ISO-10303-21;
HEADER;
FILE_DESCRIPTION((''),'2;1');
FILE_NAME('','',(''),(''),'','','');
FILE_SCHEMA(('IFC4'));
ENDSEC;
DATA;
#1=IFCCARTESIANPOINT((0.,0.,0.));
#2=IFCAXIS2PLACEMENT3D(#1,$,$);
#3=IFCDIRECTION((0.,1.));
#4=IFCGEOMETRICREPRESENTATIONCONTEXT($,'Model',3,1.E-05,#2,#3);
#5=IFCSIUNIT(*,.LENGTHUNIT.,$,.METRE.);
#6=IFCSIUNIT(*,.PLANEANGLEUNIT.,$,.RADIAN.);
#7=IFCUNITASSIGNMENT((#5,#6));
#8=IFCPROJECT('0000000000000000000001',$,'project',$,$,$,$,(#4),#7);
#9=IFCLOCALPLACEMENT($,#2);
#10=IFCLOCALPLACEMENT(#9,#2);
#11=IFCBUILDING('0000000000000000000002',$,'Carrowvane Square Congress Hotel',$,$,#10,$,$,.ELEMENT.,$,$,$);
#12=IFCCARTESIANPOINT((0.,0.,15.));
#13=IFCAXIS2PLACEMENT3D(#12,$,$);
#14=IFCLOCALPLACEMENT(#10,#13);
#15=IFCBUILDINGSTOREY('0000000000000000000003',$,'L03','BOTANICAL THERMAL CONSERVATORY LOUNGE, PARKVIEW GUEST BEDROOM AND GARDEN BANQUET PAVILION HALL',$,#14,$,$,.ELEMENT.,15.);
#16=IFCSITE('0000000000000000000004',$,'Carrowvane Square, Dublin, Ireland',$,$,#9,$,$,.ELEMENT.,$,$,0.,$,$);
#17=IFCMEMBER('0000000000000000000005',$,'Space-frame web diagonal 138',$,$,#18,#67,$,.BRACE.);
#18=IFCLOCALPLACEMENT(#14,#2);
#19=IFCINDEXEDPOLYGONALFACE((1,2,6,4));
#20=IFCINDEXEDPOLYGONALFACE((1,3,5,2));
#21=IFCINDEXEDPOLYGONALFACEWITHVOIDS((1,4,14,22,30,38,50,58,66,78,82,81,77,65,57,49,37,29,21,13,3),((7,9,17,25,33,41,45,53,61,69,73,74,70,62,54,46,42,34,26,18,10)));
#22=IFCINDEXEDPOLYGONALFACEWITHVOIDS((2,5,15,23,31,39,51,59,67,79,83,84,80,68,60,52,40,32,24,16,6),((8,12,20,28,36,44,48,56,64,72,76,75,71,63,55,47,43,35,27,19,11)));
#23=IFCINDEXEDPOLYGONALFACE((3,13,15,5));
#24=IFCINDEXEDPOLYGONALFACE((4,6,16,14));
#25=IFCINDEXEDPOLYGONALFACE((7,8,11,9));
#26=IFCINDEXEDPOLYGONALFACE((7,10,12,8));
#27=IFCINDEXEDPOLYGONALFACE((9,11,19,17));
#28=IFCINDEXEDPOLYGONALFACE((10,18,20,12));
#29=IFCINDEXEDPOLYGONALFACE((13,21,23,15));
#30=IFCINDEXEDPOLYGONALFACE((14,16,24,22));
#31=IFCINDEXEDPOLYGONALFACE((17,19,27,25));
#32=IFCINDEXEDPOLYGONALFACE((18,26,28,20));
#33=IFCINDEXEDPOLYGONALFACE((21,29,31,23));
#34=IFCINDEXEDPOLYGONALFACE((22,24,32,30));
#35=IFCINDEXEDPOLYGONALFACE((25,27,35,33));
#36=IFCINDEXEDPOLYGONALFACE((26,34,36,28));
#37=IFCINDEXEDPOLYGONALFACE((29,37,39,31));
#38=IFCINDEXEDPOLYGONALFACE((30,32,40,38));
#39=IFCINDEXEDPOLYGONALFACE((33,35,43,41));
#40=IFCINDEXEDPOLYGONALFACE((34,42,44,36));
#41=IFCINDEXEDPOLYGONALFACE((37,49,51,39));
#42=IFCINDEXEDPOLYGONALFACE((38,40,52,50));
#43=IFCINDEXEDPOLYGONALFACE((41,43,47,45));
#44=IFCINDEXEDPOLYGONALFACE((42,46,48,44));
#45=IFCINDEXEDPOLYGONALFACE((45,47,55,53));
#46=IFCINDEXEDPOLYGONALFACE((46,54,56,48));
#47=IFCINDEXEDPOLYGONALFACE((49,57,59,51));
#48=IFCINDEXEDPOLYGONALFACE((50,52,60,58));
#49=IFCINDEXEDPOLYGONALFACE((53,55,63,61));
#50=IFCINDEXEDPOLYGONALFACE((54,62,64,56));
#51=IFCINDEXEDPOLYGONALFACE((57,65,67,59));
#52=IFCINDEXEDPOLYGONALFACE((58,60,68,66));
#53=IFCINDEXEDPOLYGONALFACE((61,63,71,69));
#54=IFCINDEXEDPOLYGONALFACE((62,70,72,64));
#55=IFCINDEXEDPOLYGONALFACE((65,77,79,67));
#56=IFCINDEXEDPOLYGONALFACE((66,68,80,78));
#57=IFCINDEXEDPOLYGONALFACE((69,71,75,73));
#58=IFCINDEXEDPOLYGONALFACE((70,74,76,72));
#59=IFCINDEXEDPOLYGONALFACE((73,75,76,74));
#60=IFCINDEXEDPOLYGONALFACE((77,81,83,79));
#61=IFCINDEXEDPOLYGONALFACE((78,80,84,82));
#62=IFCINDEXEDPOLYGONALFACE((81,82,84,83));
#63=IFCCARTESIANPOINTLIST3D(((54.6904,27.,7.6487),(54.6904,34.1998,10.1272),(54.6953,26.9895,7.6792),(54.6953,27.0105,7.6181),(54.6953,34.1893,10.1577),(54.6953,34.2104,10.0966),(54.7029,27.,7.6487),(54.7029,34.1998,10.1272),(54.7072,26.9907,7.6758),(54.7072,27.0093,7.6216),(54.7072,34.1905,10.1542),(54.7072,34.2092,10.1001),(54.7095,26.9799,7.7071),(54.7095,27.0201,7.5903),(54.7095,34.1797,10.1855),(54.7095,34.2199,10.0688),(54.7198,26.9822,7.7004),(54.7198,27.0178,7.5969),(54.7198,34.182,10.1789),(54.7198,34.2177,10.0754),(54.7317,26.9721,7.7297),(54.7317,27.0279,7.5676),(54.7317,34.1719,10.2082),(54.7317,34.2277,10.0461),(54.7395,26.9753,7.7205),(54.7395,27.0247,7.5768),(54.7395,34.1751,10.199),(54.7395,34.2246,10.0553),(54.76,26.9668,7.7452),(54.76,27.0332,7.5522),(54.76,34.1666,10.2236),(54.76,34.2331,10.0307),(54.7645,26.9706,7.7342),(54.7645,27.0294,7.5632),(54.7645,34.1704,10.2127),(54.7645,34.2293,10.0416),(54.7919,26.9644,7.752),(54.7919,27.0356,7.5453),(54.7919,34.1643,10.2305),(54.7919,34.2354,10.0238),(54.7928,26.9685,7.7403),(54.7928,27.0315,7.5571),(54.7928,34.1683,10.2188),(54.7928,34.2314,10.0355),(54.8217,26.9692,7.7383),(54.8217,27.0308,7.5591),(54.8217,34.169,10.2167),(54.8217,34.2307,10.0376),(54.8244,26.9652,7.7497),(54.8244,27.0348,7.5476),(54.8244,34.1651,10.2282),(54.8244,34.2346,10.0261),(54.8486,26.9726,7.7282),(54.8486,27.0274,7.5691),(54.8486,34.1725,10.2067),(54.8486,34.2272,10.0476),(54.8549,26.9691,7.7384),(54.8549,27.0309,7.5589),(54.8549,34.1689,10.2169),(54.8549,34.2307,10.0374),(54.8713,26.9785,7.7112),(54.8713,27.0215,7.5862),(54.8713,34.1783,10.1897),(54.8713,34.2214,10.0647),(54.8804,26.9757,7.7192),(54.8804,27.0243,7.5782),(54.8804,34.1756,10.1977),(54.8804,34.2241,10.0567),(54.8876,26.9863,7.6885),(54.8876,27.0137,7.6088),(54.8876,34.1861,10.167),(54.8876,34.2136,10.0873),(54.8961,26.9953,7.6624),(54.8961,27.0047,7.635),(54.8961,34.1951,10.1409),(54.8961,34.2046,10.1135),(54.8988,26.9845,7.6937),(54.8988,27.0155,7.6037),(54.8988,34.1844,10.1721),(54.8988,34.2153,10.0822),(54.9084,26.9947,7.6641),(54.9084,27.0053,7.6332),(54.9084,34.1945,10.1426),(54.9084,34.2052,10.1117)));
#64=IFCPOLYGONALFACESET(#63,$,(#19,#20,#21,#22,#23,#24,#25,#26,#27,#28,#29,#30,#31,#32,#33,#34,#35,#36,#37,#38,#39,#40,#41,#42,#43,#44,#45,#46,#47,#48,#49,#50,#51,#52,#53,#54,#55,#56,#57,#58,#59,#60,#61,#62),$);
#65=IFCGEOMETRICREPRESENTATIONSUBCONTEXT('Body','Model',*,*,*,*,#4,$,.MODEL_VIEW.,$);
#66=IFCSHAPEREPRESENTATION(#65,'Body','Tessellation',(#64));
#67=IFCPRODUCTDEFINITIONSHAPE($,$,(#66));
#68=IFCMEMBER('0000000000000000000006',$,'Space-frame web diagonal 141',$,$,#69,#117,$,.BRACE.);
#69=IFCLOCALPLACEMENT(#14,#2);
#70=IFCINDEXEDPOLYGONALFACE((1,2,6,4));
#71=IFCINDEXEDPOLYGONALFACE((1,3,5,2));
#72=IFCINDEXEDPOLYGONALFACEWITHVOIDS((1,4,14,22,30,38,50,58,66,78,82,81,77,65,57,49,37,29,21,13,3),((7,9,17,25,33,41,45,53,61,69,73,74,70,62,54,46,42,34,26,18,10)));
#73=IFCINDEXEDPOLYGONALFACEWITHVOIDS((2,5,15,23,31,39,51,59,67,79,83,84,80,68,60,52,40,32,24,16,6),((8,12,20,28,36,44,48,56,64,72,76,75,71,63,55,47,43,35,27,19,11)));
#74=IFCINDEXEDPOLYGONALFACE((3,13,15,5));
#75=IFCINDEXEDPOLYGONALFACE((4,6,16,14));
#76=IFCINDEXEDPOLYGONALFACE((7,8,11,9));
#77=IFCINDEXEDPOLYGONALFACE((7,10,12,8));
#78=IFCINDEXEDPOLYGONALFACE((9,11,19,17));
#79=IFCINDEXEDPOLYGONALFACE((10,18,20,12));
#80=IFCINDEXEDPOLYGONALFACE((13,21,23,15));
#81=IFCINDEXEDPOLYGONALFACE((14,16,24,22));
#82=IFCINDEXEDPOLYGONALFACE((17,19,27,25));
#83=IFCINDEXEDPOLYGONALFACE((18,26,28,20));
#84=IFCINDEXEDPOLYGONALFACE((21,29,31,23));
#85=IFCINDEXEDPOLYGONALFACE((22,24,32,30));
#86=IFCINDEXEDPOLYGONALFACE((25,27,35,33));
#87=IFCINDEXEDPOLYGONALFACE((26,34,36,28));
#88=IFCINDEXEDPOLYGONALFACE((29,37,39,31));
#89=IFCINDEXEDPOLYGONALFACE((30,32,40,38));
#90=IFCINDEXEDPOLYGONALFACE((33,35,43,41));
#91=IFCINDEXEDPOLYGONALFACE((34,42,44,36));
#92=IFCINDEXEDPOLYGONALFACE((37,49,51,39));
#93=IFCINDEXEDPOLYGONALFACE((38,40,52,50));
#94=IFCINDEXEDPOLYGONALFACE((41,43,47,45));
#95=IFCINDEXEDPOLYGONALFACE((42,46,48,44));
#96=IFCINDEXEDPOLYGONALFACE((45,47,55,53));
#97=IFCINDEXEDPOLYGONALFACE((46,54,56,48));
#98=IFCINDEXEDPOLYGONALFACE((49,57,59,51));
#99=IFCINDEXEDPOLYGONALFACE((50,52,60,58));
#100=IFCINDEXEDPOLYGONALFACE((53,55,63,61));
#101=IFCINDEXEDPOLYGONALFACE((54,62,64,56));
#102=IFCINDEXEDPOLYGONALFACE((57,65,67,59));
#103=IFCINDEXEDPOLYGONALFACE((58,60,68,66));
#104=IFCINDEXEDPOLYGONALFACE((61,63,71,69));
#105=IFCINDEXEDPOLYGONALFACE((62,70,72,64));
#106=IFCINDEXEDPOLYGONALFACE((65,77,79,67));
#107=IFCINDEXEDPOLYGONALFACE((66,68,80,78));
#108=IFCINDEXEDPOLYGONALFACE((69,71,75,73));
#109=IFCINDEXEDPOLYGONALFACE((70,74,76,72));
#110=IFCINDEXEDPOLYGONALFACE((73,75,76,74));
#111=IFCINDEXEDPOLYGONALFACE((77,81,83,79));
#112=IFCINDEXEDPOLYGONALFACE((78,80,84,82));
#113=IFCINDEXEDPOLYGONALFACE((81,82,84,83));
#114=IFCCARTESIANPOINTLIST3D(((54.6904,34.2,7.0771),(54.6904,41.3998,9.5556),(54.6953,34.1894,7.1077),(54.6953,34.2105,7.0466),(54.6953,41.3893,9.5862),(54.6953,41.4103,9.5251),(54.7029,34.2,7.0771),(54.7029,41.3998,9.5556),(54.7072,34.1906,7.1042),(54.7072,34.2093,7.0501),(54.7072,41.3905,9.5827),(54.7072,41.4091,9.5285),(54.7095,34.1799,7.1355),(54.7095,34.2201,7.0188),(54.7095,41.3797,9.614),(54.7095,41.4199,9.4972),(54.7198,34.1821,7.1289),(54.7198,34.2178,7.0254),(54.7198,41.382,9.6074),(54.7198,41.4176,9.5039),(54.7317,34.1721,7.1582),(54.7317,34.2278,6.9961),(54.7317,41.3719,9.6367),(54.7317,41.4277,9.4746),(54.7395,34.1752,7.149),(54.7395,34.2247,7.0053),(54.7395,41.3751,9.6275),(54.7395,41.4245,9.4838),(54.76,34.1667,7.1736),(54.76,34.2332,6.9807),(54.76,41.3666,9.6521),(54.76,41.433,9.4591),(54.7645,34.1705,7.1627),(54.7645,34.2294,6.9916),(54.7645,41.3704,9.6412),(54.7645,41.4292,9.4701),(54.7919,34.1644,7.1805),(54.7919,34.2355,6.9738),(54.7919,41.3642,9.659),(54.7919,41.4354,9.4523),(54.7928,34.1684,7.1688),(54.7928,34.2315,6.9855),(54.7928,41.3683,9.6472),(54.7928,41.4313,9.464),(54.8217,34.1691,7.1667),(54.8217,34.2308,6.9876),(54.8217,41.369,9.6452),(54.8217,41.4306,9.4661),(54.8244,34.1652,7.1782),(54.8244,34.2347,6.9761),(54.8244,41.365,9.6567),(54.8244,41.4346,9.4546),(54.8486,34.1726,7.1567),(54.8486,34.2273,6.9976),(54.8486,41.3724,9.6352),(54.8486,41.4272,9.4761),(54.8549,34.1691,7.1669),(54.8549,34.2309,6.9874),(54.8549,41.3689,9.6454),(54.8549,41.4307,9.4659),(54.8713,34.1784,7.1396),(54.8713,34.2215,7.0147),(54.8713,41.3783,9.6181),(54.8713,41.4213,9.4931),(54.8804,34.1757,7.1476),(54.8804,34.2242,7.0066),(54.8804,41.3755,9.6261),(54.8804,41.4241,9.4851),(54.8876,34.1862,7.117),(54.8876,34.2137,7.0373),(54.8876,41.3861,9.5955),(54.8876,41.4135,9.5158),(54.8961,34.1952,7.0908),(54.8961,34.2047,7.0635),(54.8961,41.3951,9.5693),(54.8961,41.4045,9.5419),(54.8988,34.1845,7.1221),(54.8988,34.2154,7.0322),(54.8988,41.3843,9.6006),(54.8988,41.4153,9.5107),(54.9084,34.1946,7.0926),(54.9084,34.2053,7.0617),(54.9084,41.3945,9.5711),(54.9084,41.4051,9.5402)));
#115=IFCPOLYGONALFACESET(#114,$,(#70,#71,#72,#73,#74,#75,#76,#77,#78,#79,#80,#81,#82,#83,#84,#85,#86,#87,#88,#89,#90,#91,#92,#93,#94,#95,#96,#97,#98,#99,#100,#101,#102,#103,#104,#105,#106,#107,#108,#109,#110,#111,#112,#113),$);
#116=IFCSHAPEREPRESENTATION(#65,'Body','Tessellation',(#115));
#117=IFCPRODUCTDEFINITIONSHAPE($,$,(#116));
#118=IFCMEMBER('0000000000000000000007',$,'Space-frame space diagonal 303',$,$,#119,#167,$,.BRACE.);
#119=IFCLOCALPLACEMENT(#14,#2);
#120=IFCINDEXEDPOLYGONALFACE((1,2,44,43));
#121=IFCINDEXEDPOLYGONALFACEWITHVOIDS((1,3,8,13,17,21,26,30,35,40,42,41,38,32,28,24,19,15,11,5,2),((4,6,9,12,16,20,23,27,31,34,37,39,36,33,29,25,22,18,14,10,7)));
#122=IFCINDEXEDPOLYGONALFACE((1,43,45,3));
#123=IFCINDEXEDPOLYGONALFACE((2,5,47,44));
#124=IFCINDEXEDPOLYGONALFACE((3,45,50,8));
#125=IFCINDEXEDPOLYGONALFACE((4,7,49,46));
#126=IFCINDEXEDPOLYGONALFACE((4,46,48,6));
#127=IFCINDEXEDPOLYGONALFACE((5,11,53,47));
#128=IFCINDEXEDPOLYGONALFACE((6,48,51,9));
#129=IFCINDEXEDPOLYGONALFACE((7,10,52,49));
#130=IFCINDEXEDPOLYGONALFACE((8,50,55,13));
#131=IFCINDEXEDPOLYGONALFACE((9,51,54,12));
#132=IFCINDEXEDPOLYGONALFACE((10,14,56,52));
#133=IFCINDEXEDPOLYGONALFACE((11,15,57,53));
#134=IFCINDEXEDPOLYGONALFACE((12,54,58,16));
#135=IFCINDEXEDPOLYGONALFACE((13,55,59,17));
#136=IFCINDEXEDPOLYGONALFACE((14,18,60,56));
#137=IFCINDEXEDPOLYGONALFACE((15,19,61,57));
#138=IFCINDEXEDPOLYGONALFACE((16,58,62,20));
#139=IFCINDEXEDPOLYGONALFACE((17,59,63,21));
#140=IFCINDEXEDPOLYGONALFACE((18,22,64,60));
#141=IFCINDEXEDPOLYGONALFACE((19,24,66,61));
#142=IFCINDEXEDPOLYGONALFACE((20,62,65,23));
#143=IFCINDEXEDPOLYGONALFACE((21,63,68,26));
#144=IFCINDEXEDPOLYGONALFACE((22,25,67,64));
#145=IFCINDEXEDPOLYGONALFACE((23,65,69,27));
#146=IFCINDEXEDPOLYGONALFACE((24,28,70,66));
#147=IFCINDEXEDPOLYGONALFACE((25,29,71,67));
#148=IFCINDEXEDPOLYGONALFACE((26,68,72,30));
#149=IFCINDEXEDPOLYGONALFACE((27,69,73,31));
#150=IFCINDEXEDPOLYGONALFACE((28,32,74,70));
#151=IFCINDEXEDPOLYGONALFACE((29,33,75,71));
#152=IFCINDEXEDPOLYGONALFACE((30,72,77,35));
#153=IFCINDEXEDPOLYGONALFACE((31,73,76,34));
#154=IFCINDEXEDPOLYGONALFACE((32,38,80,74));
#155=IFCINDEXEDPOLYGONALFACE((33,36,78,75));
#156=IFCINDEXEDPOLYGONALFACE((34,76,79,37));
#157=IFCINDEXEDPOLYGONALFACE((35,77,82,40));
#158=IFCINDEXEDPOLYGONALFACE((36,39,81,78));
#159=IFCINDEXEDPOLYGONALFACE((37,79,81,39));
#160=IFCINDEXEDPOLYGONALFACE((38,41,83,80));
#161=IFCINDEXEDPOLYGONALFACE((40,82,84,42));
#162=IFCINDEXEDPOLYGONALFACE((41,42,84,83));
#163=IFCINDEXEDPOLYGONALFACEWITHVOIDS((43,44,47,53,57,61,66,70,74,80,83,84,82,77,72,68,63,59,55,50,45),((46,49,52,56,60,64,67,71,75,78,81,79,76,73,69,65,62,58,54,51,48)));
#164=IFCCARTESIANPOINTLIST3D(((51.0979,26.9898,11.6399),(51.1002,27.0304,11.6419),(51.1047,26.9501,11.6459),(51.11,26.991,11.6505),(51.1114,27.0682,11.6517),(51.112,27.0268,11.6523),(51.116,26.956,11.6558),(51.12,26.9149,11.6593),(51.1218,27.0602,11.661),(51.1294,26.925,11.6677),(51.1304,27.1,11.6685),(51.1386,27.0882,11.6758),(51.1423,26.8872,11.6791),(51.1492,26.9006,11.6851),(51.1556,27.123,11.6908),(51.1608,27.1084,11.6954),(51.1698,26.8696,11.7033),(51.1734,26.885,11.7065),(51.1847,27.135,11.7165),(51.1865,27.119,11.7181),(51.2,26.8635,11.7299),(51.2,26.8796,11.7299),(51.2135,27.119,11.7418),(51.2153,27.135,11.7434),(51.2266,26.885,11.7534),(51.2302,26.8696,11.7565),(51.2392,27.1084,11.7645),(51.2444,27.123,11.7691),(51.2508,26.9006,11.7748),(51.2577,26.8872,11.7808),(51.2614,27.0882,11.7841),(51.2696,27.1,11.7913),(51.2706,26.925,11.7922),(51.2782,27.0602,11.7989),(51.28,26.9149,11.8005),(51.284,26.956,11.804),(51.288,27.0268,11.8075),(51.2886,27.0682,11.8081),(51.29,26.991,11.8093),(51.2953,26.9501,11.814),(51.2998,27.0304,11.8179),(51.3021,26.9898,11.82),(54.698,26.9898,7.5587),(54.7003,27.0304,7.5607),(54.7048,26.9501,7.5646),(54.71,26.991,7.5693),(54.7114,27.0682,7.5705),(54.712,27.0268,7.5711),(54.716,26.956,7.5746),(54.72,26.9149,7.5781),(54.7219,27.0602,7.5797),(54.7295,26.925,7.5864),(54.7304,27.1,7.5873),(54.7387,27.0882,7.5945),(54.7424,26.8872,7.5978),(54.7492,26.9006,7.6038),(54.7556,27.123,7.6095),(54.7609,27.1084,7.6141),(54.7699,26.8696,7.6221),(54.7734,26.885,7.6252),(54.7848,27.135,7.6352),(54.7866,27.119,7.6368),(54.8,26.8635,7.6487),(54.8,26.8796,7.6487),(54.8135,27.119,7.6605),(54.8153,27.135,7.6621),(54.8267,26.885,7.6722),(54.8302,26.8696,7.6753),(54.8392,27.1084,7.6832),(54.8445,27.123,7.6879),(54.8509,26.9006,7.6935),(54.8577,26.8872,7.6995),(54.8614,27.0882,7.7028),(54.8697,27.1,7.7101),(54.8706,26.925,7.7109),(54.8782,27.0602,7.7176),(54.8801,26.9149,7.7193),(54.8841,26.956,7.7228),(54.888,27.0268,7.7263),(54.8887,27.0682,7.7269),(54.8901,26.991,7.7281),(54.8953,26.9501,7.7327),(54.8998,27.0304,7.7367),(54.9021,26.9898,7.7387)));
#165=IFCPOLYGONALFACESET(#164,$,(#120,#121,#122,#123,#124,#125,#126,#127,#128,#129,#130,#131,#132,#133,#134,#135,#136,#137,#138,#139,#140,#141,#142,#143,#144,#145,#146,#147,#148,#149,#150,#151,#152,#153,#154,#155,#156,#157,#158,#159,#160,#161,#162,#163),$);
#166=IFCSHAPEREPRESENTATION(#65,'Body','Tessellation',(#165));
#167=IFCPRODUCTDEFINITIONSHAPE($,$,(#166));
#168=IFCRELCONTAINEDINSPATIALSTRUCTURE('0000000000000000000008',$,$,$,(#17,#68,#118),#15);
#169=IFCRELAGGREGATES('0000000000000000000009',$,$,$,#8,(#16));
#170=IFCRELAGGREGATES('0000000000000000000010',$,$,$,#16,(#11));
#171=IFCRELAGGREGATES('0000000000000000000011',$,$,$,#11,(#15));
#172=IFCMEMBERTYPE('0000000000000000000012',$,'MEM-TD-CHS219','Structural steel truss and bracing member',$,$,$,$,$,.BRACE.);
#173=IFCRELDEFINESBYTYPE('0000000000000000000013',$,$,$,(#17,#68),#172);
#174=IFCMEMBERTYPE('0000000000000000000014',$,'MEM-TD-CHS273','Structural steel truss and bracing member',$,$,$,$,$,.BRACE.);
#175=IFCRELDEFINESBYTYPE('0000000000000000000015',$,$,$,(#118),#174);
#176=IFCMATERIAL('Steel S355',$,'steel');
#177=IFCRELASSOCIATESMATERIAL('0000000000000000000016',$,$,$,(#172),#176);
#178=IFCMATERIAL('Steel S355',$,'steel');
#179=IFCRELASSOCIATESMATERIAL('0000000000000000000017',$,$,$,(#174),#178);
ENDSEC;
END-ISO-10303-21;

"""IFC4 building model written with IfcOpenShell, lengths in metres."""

from ifc_helpers import new_model, si_unit, direction, frame, origin, origin_2d, place, context, subcontext, project, spatial, hollow_circle, extrude, material, material_profile, profile_set, type_object, element, save


model = new_model("IFC4")

# Units and contexts
model_context = context("Model", 3, precision=1e-05, world=origin(), true_north=direction((0.0, 1.0)))
body_context = subcontext(model_context, "Body", "Model", "MODEL_VIEW")
ifc_project = project(units=[si_unit("LENGTHUNIT", "METRE"), si_unit("PLANEANGLEUNIT", "RADIAN")], contexts=[model_context])

# Site, building, storey
site_placement = place(None, origin())
site = spatial("IfcSite", under=ifc_project, at=site_placement, Name="Carrowvane Square, Dublin, Ireland", CompositionType="ELEMENT", RefElevation=0.0)
building_placement = place(site_placement, origin())
building = spatial("IfcBuilding", under=site, at=building_placement, Name="Carrowvane Square Congress Hotel", CompositionType="ELEMENT")
storey_placement = place(building_placement, frame((0.0, 0.0, 15.0)))
storey = spatial("IfcBuildingStorey", under=building, at=storey_placement, Name="L03", Description="BOTANICAL THERMAL CONSERVATORY LOUNGE, PARKVIEW GUEST BEDROOM AND GARDEN BANQUET PAVILION HALL", CompositionType="ELEMENT", Elevation=15.0)

# Members
ifc_material_1 = material(Name="Steel S355", Category="steel")
ifc_material_profile_1 = material_profile(ifc_material_1, hollow_circle(Radius=0.1096, WallThickness=0.0125, at=origin_2d()), Name="CHS 219.1x12.5")
ifc_profile_set_1 = profile_set([ifc_material_profile_1], Name="Steel S355")
member_type_1 = type_object("IfcMemberType", Name="MEM-TD-CHS219", Description="Structural steel truss and bracing member", PredefinedType="BRACE", material=ifc_profile_set_1)
for number, where, z_axis, x_axis, name in (
    (1, (54.8, 27.0, 7.6487), (0.0, 0.945544, 0.325495), (-1.0, 0.0, 0.0), "Space-frame web diagonal 138"),
    (2, (54.8, 34.2, 7.0771), (0.0, 0.945544, 0.325495), (-1.0, 0.0, 0.0), "Space-frame web diagonal 141"),
):
    element("IfcMember", number, at=place(storey_placement, frame(where, z_axis=z_axis, x_axis=x_axis)), inside=storey, type_object=member_type_1, Name=name, PredefinedType="BRACE", context=body_context, shape_type="SweptSolid", body=[
        extrude(hollow_circle(Radius=0.1096, WallThickness=0.0125, at=origin_2d()), origin(), (0.0, 0.0, 1.0), 7.6145),
    ])
ifc_material_2 = material(Name="Steel S355", Category="steel")
ifc_material_profile_2 = material_profile(ifc_material_2, hollow_circle(Radius=0.1365, WallThickness=0.0161, at=origin_2d()), Name="CHS 273.0x16")
ifc_profile_set_2 = profile_set([ifc_material_profile_2], Name="Steel S355")
member_type_2 = type_object("IfcMemberType", Name="MEM-TD-CHS273", Description="Structural steel truss and bracing member", PredefinedType="BRACE", material=ifc_profile_set_2)
member_1_placement = place(storey_placement, frame((54.8, 27.0, 7.6487), z_axis=(-0.661513, 0.0, 0.749933), x_axis=(0.0, -1.0, 0.0)))
element("IfcMember", 3, at=member_1_placement, inside=storey, type_object=member_type_2, Name="Space-frame space diagonal 303", PredefinedType="BRACE", context=body_context, shape_type="SweptSolid", body=[
    extrude(hollow_circle(Radius=0.1365, WallThickness=0.0161, at=origin_2d()), origin(), (0.0, 0.0, 1.0), 5.4421),
])

save(model, "model.ifc")
